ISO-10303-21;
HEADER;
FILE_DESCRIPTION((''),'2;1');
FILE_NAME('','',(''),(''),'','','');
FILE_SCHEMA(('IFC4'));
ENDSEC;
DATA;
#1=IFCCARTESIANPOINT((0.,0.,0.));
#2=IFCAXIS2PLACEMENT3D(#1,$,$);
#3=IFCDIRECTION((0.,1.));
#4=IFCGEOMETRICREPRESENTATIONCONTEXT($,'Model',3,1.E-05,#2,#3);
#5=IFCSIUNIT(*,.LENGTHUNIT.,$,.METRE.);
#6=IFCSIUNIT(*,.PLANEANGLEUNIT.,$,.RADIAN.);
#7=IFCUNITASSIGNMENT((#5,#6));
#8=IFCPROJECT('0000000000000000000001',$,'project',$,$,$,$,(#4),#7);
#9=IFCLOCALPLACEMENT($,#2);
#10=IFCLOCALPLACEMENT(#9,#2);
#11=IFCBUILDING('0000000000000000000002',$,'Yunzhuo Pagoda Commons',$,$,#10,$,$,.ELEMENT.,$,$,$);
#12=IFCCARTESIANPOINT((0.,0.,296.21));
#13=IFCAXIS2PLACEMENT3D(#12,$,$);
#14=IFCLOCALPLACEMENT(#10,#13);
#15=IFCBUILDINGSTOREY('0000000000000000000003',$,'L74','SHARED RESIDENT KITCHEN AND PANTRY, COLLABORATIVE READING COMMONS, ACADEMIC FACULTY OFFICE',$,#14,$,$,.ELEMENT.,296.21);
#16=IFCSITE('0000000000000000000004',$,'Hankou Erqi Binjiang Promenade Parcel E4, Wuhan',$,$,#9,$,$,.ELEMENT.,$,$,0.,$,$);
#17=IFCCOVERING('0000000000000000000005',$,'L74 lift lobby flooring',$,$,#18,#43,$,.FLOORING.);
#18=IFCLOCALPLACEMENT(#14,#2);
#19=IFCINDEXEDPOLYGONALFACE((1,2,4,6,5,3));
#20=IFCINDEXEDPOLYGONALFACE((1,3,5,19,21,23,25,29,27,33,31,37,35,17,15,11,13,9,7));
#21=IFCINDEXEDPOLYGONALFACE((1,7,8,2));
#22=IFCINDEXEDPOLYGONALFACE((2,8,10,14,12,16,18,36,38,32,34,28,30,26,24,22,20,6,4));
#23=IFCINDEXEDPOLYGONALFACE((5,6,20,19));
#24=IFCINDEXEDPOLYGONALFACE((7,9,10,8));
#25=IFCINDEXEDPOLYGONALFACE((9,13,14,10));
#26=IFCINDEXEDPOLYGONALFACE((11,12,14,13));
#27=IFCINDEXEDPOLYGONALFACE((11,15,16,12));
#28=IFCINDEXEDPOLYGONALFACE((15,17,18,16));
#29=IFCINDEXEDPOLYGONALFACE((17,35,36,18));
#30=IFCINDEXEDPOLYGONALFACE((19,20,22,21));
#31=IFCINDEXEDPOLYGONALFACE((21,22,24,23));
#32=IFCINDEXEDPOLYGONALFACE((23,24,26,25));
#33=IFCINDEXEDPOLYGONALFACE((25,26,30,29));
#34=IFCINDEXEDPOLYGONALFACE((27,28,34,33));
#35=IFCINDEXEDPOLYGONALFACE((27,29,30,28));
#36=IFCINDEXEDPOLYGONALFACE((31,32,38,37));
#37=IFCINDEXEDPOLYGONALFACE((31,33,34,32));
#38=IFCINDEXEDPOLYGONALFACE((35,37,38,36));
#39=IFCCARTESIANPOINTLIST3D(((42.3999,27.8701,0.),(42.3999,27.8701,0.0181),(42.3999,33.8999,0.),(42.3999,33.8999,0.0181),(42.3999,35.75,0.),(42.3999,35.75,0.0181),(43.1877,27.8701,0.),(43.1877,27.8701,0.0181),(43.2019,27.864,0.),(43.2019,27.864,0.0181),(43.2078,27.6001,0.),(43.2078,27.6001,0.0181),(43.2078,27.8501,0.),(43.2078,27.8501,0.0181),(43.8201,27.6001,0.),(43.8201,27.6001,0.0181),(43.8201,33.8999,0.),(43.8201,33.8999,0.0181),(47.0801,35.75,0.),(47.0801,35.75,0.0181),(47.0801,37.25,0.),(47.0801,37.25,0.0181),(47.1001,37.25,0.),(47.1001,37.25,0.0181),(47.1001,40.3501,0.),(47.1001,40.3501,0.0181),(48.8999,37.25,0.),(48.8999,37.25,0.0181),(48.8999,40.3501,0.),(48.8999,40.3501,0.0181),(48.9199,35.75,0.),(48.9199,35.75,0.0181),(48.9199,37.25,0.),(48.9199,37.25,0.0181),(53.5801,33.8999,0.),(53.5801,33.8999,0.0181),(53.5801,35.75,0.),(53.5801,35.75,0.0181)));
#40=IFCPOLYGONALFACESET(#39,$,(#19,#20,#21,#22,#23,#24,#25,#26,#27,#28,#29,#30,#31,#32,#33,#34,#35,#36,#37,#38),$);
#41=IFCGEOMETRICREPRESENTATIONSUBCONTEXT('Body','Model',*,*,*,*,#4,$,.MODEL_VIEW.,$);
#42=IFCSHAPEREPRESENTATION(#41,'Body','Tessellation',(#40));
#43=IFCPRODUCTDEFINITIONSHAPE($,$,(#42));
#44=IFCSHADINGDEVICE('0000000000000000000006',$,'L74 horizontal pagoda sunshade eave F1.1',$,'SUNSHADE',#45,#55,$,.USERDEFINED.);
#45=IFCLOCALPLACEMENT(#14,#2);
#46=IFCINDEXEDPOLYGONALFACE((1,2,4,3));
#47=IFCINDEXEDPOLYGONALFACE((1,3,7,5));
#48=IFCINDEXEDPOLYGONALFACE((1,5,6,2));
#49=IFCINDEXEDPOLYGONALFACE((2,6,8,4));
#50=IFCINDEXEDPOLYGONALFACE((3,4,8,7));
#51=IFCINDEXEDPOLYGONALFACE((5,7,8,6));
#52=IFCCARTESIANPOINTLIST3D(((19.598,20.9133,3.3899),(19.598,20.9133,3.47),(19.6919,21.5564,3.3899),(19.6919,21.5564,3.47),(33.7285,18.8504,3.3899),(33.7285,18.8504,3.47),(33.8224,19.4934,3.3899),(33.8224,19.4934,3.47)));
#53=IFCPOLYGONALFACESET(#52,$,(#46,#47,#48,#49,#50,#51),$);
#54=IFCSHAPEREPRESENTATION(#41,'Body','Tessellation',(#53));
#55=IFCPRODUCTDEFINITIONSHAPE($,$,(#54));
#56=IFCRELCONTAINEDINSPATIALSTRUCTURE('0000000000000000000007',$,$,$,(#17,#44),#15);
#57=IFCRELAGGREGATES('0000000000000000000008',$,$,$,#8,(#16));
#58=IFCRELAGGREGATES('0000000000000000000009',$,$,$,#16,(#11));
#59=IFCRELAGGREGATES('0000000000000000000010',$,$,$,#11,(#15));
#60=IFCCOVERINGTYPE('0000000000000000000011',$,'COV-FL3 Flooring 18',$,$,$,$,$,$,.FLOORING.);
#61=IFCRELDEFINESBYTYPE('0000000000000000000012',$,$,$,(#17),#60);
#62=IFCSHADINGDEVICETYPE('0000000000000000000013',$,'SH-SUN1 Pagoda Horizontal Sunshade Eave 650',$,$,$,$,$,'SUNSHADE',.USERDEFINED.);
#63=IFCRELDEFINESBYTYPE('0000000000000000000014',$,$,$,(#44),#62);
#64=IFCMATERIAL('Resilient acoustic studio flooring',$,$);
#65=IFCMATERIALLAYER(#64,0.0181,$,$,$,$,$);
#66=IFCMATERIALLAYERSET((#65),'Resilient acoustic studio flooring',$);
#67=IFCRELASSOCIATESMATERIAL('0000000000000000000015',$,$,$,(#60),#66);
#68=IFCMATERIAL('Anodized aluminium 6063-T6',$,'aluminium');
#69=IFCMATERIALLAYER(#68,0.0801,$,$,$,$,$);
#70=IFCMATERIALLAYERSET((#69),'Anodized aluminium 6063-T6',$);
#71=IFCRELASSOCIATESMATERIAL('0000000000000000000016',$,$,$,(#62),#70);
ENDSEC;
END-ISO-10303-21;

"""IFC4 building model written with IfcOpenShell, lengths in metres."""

from ifc_helpers import new_model, si_unit, direction, frame, origin, origin_2d, place, context, subcontext, project, spatial, polyline, rectangle, outline, extrude, source, transform, mapped, material, layer, layer_set, type_object, element, save


model = new_model("IFC4")

# Units and contexts
model_context = context("Model", 3, precision=1e-05, world=origin(), true_north=direction((0.0, 1.0)))
body_context = subcontext(model_context, "Body", "Model", "MODEL_VIEW")
ifc_project = project(units=[si_unit("LENGTHUNIT", "METRE"), si_unit("PLANEANGLEUNIT", "RADIAN")], contexts=[model_context])

# Site, building, storey
site_placement = place(None, origin())
site = spatial("IfcSite", under=ifc_project, at=site_placement, Name="Hankou Erqi Binjiang Promenade Parcel E4, Wuhan", CompositionType="ELEMENT", RefElevation=0.0)
building_placement = place(site_placement, origin())
building = spatial("IfcBuilding", under=site, at=building_placement, Name="Yunzhuo Pagoda Commons", CompositionType="ELEMENT")
storey_placement = place(building_placement, frame((0.0, 0.0, 296.21)))
storey = spatial("IfcBuildingStorey", under=building, at=storey_placement, Name="L74", Description="SHARED RESIDENT KITCHEN AND PANTRY, COLLABORATIVE READING COMMONS, ACADEMIC FACULTY OFFICE", CompositionType="ELEMENT", Elevation=296.21)

# Shared definitions
ifc_material_1 = material(Name="Anodized aluminium 6063-T6", Category="aluminium")

# Covering
ifc_material_2 = material(Name="Resilient acoustic studio flooring")
ifc_layer_1 = layer(ifc_material_2, 0.0181)
ifc_layer_set_1 = layer_set([ifc_layer_1], Name="Resilient acoustic studio flooring")
covering_type_1 = type_object("IfcCoveringType", Name="COV-FL3 Flooring 18", PredefinedType="FLOORING", material=ifc_layer_set_1)
covering_1_placement = place(storey_placement, origin())
element("IfcCovering", 1, at=covering_1_placement, inside=storey, type_object=covering_type_1, Name="L74 lift lobby flooring", PredefinedType="FLOORING", context=body_context, shape_type="SweptSolid", body=[
    extrude(outline(polyline([(42.3999, 35.75), (47.0801, 35.75), (47.0801, 37.25), (47.1001, 37.25), (47.1001, 40.3501), (48.8999, 40.3501), (48.8999, 37.25), (48.9199, 37.25), (48.9199, 35.75), (53.5801, 35.75), (53.5801, 33.8999), (43.8201, 33.8999), (43.8201, 27.6001), (43.2078, 27.6001), (43.2078, 27.8501), (43.2019, 27.864), (43.1877, 27.8701), (42.3999, 27.8701), (42.3999, 33.8999), (42.3999, 35.75)])), origin(), (0.0, 0.0, 1.0), 0.0181),
])

# Shading device
ifc_layer_2 = layer(ifc_material_1, 0.0801)
ifc_layer_set_2 = layer_set([ifc_layer_2], Name="Anodized aluminium 6063-T6")
shading_device_type = type_object("IfcShadingDeviceType", Name="SH-SUN1 Pagoda Horizontal Sunshade Eave 650", ElementType="SUNSHADE", PredefinedType="USERDEFINED", material=ifc_layer_set_2)
shared_shape_1 = source(origin(), body_context, "Body", "SweptSolid", [
    extrude(rectangle(XDim=14.2803, YDim=0.6499, at=origin_2d()), origin(), (0.0, 0.0, 1.0), 0.0801),
])
shading_device_placement = place(storey_placement, frame((26.7102, 20.2034, 3.3899), z_axis=(0.0, 0.0, 1.0), x_axis=(0.989511, -0.14446, 0.0)))
element("IfcShadingDevice", 2, at=shading_device_placement, inside=storey, type_object=shading_device_type, Name="L74 horizontal pagoda sunshade eave F1.1", ObjectType="SUNSHADE", PredefinedType="USERDEFINED", context=body_context, shape_type="MappedRepresentation", body=[
    mapped(shared_shape_1, transform((0.0, 0.0, 0.0), scale=1.0)),
])

save(model, "model.ifc")
